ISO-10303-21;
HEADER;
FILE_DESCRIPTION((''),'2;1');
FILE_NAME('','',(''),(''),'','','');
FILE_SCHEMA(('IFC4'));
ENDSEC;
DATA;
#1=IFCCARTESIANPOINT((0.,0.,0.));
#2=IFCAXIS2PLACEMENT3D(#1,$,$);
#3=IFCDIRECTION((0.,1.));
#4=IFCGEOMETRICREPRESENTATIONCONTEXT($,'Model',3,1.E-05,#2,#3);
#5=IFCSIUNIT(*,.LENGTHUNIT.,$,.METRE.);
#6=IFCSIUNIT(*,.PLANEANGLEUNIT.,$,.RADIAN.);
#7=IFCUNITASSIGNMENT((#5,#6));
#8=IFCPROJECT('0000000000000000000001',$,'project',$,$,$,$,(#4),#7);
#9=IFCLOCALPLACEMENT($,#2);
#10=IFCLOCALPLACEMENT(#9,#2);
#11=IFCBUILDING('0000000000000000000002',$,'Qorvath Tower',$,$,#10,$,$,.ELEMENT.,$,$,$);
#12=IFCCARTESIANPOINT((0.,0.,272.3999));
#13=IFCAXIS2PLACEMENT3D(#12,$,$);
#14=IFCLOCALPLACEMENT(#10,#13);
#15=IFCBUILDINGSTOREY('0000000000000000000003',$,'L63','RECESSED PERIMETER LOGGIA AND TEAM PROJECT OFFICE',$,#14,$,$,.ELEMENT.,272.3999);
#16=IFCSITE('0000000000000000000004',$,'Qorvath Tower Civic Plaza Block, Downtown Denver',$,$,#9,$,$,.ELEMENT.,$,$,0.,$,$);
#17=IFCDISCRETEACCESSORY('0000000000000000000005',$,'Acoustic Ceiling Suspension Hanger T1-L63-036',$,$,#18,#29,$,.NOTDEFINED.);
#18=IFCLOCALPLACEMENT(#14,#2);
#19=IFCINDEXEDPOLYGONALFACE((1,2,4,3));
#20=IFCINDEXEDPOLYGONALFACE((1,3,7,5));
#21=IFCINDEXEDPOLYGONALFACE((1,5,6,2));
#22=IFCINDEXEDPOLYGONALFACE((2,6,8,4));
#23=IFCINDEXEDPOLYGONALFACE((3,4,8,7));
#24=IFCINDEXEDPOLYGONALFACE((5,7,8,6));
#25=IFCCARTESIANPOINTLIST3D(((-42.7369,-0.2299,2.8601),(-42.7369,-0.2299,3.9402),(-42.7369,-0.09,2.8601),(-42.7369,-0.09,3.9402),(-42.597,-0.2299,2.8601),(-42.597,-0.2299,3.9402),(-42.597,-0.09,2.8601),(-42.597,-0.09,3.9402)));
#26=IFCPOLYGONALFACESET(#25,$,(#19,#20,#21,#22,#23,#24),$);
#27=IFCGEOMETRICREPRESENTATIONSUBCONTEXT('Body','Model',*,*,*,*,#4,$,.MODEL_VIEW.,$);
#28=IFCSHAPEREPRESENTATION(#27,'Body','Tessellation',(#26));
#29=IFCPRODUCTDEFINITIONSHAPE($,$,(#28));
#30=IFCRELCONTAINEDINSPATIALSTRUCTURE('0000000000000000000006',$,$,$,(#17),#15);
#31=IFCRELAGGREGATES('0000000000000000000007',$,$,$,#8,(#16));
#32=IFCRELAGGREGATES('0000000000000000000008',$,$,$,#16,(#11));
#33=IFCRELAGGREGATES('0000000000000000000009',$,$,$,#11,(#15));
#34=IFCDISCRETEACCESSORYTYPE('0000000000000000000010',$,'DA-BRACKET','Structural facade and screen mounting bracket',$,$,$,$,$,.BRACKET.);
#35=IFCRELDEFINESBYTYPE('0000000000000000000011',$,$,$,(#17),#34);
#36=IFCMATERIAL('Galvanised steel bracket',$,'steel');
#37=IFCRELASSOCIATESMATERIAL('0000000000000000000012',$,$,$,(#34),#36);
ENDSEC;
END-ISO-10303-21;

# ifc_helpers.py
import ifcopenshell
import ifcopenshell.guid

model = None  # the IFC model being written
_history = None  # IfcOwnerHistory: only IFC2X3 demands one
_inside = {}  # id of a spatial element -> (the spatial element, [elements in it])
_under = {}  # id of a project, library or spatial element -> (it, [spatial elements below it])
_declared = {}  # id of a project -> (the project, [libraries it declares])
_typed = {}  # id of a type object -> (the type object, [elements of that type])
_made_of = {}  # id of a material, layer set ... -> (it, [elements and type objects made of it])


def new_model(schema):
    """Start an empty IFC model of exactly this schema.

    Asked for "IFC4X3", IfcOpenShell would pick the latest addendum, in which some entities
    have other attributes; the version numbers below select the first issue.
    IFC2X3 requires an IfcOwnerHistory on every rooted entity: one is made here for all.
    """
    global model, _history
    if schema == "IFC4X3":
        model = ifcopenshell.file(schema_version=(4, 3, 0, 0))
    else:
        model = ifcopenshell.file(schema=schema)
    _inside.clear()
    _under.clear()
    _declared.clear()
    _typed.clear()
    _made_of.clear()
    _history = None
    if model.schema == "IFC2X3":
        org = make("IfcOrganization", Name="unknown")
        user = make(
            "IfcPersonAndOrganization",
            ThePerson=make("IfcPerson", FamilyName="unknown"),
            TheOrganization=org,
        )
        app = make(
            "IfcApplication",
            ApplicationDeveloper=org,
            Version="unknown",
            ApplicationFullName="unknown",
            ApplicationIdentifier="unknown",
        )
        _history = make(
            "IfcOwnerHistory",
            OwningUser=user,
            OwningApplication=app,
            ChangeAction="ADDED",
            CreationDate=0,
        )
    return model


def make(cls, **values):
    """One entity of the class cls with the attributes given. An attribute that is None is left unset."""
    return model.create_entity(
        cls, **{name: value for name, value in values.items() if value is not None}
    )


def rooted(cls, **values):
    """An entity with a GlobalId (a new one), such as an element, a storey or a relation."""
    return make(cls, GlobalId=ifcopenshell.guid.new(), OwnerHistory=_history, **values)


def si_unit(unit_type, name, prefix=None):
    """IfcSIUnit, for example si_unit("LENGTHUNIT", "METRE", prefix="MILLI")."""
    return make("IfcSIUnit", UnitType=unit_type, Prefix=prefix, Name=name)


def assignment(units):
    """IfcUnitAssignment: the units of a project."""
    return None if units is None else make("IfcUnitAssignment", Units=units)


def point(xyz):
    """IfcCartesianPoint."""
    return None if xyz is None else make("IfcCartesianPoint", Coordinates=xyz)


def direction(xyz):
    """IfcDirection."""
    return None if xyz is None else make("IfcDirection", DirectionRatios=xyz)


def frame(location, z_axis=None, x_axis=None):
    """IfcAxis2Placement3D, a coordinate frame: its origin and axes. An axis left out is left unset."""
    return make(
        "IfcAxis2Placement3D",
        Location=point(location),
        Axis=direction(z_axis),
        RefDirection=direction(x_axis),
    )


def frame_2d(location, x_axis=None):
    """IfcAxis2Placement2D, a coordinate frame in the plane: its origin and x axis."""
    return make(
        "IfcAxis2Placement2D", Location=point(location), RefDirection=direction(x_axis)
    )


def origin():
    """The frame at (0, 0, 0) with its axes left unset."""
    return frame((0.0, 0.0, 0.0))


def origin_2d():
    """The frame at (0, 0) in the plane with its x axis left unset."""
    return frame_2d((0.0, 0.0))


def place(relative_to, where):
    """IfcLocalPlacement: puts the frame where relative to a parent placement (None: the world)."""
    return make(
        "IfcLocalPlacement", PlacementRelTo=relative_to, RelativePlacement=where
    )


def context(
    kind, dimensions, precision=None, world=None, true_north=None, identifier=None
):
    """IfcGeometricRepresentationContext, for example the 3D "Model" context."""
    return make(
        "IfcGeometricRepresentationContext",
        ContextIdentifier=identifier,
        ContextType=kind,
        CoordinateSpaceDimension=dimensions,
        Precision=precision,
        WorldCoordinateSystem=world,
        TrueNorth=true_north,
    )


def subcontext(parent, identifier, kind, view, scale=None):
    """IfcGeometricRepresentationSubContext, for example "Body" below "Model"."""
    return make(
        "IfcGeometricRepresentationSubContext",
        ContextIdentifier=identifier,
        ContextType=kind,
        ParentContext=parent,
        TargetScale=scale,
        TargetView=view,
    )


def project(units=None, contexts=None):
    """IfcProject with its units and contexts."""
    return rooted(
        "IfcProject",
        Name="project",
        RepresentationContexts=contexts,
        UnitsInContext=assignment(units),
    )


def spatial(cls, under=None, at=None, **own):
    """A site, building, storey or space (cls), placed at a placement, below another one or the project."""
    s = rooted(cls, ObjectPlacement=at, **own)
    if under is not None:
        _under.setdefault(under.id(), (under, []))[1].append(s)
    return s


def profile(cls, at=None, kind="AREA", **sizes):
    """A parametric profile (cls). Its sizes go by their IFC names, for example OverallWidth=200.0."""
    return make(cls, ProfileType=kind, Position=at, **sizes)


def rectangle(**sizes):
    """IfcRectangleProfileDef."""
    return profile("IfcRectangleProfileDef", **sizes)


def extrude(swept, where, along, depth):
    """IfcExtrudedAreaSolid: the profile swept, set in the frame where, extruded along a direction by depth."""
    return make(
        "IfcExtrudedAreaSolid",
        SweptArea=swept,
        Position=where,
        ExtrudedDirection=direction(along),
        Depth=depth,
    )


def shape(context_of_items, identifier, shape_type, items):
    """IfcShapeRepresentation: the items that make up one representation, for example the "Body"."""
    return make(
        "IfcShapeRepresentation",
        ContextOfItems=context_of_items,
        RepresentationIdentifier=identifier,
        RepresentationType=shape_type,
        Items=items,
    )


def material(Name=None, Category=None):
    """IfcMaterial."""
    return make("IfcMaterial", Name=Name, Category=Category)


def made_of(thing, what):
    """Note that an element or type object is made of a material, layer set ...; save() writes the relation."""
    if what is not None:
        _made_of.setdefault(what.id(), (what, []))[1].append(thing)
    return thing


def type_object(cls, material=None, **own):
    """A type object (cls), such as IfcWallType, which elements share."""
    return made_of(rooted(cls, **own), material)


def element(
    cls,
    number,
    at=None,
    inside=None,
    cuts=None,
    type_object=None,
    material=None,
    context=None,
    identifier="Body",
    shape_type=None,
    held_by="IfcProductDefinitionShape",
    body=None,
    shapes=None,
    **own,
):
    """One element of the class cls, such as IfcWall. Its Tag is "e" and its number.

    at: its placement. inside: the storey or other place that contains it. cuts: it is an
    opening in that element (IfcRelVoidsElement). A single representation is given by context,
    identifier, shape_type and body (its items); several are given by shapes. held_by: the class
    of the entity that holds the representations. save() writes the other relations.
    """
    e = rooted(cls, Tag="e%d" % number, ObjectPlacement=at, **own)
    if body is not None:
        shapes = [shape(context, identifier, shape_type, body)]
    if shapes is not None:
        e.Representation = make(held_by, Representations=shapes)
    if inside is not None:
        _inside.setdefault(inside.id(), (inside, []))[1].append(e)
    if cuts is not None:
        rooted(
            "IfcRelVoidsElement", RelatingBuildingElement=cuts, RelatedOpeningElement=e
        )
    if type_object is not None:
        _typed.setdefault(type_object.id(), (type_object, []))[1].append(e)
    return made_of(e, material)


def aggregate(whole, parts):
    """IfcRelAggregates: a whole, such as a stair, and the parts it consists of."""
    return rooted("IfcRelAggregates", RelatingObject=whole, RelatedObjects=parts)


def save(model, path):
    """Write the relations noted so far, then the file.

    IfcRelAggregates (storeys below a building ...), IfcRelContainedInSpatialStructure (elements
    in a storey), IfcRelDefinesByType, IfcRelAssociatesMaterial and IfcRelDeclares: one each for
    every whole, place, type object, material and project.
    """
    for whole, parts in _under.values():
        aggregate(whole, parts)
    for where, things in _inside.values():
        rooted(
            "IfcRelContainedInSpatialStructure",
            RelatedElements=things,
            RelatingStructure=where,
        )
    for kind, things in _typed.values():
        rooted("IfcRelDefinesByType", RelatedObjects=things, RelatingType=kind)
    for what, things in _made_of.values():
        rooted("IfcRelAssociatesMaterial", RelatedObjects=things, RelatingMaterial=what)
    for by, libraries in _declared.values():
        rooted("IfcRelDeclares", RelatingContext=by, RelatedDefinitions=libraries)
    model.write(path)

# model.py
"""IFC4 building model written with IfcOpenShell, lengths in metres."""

from ifc_helpers import new_model, si_unit, direction, frame, origin, origin_2d, place, context, subcontext, project, spatial, rectangle, extrude, material, type_object, element, save


model = new_model("IFC4")

# Units and contexts
model_context = context("Model", 3, precision=1e-05, world=origin(), true_north=direction((0.0, 1.0)))
body_context = subcontext(model_context, "Body", "Model", "MODEL_VIEW")
ifc_project = project(units=[si_unit("LENGTHUNIT", "METRE"), si_unit("PLANEANGLEUNIT", "RADIAN")], contexts=[model_context])

# Site, building, storey
site_placement = place(None, origin())
site = spatial("IfcSite", under=ifc_project, at=site_placement, Name="Qorvath Tower Civic Plaza Block, Downtown Denver", CompositionType="ELEMENT", RefElevation=0.0)
building_placement = place(site_placement, origin())
building = spatial("IfcBuilding", under=site, at=building_placement, Name="Qorvath Tower", CompositionType="ELEMENT")
storey_placement = place(building_placement, frame((0.0, 0.0, 272.3999)))
storey = spatial("IfcBuildingStorey", under=building, at=storey_placement, Name="L63", Description="RECESSED PERIMETER LOGGIA AND TEAM PROJECT OFFICE", CompositionType="ELEMENT", Elevation=272.3999)

# Discrete accessory
ifc_material_1 = material(Name="Galvanised steel bracket", Category="steel")
discrete_accessory_type = type_object("IfcDiscreteAccessoryType", Name="DA-BRACKET", Description="Structural facade and screen mounting bracket", PredefinedType="BRACKET", material=ifc_material_1)
for number, where, z_axis, x_axis, name in (
    (1, (-42.667, -0.1599, 2.8601), (0.0, 0.0, 1.0), (1.0, 0.0, 0.0), "Acoustic Ceiling Suspension Hanger T1-L63-036"),
):
    element("IfcDiscreteAccessory", number, at=place(storey_placement, frame(where, z_axis=z_axis, x_axis=x_axis)), inside=storey, type_object=discrete_accessory_type, Name=name, PredefinedType="NOTDEFINED", context=body_context, shape_type="SweptSolid", body=[
        extrude(rectangle(XDim=0.1399, YDim=0.1399, at=origin_2d()), origin(), (0.0, 0.0, 1.0), 1.0801),
    ])

save(model, "model.ifc")
